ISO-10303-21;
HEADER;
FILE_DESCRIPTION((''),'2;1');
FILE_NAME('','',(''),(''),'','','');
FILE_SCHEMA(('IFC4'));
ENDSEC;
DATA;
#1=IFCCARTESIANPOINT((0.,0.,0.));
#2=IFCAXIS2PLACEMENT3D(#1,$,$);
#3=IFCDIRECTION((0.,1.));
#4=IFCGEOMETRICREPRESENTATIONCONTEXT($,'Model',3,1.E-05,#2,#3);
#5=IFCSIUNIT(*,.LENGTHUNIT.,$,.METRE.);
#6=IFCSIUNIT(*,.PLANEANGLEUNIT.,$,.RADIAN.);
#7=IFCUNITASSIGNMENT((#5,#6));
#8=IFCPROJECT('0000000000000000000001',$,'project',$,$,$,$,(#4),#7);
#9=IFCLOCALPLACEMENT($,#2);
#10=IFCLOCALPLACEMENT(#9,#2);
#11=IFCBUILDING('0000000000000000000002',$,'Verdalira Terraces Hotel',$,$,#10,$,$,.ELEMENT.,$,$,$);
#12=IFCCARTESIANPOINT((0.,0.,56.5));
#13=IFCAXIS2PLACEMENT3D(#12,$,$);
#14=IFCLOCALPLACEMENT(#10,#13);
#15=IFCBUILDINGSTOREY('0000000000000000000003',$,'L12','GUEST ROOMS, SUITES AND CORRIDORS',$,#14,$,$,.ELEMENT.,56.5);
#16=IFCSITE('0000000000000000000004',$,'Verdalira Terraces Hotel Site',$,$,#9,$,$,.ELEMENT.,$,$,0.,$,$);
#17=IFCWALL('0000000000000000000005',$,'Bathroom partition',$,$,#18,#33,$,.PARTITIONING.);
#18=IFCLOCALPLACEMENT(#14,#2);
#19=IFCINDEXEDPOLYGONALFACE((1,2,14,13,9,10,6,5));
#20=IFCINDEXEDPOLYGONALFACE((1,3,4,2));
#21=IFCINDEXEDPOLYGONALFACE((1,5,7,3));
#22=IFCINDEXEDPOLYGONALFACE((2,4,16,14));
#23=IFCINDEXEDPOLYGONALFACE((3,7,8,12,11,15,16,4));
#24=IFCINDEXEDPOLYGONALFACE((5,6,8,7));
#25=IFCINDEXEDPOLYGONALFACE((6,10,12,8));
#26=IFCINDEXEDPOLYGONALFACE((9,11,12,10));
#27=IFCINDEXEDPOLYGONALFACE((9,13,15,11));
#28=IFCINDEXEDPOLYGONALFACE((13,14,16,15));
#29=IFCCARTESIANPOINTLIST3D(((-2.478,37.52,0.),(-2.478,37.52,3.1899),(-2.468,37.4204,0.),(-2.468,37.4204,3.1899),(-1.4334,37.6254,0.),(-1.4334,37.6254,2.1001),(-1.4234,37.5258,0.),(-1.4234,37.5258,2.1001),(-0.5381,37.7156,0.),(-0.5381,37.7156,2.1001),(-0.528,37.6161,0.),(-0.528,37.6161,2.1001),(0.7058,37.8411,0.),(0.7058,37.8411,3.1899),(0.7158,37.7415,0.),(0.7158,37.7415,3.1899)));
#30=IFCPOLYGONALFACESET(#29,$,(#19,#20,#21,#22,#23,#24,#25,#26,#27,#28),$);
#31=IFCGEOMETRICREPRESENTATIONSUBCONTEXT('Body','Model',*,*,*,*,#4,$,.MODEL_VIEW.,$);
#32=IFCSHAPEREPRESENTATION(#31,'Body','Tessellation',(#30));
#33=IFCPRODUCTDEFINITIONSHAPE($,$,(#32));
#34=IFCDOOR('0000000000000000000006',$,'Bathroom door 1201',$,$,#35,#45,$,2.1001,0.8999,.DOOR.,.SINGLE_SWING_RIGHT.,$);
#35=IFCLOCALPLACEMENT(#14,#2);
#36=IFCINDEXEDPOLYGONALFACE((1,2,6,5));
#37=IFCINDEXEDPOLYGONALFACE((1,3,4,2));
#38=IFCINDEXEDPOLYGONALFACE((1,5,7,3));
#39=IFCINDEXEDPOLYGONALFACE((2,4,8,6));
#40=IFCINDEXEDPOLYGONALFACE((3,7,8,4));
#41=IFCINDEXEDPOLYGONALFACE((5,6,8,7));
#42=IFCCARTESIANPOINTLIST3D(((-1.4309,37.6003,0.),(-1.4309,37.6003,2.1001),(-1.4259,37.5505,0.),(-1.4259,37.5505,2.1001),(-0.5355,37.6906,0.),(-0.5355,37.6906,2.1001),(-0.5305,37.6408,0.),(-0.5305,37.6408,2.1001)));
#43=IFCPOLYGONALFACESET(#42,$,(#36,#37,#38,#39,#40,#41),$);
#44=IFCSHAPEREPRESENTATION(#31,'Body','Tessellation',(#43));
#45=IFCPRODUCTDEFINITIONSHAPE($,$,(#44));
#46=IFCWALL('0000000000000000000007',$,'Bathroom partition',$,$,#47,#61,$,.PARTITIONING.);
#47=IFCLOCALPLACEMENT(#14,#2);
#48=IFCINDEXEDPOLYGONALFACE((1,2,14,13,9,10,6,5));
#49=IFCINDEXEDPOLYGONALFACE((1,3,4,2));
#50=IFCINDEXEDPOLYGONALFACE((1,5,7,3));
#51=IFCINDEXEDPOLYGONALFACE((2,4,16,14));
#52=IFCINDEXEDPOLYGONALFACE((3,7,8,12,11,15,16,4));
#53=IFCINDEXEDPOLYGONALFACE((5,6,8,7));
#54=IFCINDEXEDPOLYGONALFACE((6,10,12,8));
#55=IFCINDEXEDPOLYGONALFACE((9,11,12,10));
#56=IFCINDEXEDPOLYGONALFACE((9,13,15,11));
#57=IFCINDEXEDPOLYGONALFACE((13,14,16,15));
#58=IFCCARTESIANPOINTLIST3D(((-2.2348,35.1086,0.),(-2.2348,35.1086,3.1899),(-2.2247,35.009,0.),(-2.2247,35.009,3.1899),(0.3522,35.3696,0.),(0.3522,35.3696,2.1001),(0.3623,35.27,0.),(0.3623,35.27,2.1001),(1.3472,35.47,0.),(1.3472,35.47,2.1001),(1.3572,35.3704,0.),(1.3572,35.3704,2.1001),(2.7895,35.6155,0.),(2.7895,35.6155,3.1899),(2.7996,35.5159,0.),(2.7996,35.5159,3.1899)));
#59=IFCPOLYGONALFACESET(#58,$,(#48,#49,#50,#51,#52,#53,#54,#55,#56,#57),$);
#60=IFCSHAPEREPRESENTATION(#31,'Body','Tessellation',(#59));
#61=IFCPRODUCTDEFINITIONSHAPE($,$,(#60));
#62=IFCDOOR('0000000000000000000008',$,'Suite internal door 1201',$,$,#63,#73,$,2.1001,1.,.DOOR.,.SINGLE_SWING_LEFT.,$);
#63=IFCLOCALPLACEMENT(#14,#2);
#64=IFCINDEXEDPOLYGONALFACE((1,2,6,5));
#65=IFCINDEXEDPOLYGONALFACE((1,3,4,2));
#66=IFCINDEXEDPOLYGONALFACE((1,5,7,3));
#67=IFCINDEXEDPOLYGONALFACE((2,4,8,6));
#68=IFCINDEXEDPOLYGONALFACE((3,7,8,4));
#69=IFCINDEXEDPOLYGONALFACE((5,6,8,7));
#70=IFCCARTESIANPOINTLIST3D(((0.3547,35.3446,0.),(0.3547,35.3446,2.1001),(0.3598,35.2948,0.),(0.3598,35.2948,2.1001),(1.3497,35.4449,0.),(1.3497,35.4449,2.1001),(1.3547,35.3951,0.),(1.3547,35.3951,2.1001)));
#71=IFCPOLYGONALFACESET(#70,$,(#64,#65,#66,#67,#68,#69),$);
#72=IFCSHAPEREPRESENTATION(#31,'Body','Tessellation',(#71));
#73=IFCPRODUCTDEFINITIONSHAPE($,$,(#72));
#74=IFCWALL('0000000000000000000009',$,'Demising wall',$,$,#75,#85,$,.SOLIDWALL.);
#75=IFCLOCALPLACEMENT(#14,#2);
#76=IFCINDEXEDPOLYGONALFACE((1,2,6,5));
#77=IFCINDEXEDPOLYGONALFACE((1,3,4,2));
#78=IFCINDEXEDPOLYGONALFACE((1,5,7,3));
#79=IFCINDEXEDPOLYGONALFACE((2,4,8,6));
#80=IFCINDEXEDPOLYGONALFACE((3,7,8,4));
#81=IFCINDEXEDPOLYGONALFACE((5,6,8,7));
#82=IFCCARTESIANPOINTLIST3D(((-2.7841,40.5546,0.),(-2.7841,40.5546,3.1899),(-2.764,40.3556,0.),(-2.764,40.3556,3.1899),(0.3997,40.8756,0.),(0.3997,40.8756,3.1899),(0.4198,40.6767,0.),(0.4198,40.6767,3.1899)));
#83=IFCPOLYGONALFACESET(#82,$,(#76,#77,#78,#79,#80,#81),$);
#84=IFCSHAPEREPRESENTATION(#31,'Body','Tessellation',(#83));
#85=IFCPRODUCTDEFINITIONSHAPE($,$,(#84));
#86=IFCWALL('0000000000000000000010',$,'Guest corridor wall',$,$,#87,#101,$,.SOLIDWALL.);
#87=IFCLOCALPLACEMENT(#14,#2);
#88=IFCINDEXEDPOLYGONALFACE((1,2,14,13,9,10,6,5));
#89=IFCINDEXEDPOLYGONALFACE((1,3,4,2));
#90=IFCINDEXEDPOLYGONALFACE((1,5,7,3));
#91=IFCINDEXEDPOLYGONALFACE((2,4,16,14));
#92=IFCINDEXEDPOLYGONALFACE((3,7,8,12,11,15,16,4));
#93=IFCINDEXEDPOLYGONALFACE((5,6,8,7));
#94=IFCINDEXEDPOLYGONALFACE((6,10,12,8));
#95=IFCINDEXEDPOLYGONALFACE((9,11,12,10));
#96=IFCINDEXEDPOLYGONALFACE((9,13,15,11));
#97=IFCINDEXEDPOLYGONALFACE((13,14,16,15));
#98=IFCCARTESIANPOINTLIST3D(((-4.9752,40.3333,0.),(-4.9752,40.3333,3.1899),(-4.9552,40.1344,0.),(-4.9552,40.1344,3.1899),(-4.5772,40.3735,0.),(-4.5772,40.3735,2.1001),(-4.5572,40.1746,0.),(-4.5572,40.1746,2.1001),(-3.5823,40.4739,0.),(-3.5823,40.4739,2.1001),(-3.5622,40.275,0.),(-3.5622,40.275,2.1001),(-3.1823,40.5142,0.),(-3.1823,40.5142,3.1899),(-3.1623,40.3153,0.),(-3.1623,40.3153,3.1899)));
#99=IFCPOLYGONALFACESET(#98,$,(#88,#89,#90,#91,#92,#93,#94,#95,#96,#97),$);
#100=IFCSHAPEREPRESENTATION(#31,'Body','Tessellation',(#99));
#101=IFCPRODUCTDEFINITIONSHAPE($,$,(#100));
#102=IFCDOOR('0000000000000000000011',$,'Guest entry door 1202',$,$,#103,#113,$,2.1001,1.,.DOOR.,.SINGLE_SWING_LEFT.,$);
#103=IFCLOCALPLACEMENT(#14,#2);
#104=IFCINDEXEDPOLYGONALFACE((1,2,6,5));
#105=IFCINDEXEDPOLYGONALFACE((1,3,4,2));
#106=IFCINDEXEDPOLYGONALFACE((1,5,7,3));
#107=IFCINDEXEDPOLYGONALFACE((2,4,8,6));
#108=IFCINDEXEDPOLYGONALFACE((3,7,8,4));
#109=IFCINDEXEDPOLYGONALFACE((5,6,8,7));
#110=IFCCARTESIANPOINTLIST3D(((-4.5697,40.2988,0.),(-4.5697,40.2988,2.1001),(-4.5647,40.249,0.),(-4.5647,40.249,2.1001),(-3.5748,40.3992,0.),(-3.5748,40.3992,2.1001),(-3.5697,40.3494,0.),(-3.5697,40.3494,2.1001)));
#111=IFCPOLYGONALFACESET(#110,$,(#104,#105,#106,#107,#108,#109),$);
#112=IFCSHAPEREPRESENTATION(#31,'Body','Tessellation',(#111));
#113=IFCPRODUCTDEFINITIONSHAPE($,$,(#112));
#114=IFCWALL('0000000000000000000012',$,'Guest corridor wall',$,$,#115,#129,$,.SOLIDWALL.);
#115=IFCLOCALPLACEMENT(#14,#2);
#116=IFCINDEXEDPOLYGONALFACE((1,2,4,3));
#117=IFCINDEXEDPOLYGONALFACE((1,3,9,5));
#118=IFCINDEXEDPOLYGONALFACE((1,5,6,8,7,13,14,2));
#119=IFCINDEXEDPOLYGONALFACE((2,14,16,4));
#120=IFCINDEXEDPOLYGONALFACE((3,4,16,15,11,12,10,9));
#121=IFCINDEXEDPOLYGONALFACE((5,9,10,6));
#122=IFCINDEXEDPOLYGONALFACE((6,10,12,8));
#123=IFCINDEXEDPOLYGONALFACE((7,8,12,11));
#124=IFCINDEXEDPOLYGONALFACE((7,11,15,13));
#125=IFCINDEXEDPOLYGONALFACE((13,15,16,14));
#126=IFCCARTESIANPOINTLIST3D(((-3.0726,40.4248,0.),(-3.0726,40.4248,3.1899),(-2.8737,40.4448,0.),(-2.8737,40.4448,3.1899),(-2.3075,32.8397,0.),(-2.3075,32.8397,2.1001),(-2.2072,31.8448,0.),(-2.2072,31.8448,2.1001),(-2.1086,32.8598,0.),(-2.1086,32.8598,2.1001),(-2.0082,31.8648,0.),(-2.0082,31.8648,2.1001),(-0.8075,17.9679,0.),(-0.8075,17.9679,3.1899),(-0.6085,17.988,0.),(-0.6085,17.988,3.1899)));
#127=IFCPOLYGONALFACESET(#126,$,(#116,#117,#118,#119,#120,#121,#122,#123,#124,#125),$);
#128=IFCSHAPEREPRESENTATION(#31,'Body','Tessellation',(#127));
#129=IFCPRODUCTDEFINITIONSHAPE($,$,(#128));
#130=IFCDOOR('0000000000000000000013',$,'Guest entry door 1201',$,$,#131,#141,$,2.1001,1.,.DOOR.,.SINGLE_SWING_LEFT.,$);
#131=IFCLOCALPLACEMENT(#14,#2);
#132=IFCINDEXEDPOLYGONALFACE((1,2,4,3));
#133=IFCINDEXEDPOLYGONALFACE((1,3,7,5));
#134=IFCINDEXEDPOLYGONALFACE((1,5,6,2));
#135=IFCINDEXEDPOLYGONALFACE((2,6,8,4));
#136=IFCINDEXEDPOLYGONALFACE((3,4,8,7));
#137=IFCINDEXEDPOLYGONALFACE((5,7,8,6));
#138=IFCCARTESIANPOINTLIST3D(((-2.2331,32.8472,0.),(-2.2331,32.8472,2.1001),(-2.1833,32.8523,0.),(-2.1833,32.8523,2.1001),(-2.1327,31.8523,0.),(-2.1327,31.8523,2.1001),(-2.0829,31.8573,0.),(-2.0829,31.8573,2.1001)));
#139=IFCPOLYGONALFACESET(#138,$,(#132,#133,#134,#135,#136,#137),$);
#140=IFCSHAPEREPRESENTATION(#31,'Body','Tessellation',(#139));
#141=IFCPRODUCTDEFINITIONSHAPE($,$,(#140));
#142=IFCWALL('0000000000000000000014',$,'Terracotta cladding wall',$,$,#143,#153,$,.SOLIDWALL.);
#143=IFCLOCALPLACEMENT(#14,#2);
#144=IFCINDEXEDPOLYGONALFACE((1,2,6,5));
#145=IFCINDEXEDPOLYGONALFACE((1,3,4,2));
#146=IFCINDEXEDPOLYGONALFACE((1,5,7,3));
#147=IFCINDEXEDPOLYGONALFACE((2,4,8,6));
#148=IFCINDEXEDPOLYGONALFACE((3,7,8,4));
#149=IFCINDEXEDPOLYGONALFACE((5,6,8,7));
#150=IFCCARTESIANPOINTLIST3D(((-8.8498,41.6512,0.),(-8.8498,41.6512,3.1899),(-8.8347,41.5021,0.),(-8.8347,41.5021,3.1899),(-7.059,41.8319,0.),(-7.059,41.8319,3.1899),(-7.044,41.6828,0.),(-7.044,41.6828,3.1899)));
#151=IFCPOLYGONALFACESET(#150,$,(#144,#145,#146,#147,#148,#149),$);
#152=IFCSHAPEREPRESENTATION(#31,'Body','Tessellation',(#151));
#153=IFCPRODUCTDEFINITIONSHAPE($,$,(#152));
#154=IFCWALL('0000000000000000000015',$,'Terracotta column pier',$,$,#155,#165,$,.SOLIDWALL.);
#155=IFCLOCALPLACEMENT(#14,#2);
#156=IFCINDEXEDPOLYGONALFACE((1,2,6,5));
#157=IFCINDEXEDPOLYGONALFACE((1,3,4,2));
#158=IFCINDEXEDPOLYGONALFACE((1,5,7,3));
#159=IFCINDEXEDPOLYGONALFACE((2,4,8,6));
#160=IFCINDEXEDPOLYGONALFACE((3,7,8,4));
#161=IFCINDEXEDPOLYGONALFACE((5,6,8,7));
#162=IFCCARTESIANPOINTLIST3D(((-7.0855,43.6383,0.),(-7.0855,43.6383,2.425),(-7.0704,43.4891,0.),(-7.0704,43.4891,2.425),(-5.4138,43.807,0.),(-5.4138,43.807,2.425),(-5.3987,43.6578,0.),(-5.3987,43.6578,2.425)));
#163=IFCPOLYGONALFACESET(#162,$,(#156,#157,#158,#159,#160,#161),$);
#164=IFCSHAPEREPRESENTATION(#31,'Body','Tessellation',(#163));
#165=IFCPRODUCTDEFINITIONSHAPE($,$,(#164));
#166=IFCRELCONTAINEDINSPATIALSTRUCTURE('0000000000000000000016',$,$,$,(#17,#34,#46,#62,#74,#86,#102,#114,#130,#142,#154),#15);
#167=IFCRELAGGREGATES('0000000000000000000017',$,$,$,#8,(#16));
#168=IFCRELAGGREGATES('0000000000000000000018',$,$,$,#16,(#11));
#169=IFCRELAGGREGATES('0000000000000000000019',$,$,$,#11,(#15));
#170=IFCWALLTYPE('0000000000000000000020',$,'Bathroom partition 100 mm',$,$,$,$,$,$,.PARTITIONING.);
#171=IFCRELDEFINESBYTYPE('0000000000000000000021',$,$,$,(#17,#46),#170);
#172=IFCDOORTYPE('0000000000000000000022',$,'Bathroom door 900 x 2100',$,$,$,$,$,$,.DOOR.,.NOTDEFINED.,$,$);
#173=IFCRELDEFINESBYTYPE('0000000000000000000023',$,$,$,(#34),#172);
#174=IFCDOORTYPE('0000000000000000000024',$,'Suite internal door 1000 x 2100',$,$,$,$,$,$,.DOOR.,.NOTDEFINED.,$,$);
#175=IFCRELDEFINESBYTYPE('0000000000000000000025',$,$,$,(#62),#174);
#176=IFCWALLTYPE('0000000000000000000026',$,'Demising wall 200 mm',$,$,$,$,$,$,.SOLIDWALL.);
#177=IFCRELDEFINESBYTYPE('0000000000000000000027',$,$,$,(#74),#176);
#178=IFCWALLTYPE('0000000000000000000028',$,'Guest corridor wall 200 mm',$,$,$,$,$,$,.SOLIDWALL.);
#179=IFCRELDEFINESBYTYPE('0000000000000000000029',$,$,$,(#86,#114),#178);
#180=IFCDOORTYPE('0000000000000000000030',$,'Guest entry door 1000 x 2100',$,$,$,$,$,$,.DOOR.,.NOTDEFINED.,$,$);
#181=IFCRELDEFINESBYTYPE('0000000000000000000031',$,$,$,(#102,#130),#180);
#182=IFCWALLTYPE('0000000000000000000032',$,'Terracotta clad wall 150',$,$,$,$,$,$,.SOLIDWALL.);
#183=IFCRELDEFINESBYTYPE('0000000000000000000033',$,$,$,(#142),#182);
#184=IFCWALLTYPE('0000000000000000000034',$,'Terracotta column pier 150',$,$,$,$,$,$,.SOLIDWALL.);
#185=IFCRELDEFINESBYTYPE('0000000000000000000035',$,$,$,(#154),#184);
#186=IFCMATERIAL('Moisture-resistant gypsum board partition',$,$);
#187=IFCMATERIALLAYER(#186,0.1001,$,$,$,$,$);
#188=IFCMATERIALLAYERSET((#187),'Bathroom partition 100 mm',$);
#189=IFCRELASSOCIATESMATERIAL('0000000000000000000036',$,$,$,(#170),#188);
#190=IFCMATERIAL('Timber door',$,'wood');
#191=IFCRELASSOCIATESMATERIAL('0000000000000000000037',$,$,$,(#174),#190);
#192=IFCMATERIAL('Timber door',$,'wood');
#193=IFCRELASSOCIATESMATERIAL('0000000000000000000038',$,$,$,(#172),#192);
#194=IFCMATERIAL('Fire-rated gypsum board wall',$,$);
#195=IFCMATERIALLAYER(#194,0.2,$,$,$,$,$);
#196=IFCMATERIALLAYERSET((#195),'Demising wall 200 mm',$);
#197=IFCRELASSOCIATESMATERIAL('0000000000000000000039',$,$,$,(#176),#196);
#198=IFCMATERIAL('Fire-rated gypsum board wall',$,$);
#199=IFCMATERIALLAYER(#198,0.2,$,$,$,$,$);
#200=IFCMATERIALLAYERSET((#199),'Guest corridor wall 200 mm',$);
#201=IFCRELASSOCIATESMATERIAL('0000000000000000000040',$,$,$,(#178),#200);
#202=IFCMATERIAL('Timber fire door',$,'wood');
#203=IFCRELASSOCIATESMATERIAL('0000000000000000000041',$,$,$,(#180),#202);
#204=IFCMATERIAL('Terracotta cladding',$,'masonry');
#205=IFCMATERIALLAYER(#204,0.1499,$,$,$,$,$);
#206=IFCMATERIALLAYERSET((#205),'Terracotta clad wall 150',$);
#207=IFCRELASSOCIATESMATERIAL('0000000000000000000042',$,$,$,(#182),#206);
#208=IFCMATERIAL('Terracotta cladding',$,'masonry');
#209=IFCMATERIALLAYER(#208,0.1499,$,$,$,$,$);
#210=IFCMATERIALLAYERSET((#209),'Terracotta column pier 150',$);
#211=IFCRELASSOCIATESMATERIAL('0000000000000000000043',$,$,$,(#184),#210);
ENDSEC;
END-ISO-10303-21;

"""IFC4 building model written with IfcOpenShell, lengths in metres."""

from ifc_helpers import new_model, si_unit, direction, frame, frame_2d, origin, place, context, subcontext, project, spatial, rectangle, extrude, material, layer, layer_set, type_object, element, fill, save


model = new_model("IFC4")

# Units and contexts
model_context = context("Model", 3, precision=1e-05, world=origin(), true_north=direction((0.0, 1.0)))
body_context = subcontext(model_context, "Body", "Model", "MODEL_VIEW")
ifc_project = project(units=[si_unit("LENGTHUNIT", "METRE"), si_unit("PLANEANGLEUNIT", "RADIAN")], contexts=[model_context])

# Site, building, storey
site_placement = place(None, origin())
site = spatial("IfcSite", under=ifc_project, at=site_placement, Name="Verdalira Terraces Hotel Site", CompositionType="ELEMENT", RefElevation=0.0)
building_placement = place(site_placement, origin())
building = spatial("IfcBuilding", under=site, at=building_placement, Name="Verdalira Terraces Hotel", CompositionType="ELEMENT")
storey_placement = place(building_placement, frame((0.0, 0.0, 56.5)))
storey = spatial("IfcBuildingStorey", under=building, at=storey_placement, Name="L12", Description="GUEST ROOMS, SUITES AND CORRIDORS", CompositionType="ELEMENT", Elevation=56.5)

# Walls, openings, doors
ifc_material_1 = material(Name="Moisture-resistant gypsum board partition")
ifc_layer_1 = layer(ifc_material_1, 0.1001)
ifc_layer_set_1 = layer_set([ifc_layer_1], Name="Bathroom partition 100 mm")
wall_type_1 = type_object("IfcWallType", Name="Bathroom partition 100 mm", PredefinedType="PARTITIONING", material=ifc_layer_set_1)
ifc_material_2 = material(Name="Timber door", Category="wood")
door_type_1 = type_object("IfcDoorType", Name="Suite internal door 1000 x 2100", OperationType="NOTDEFINED", PredefinedType="DOOR", material=ifc_material_2)
ifc_material_3 = material(Name="Timber door", Category="wood")
door_type_2 = type_object("IfcDoorType", Name="Bathroom door 900 x 2100", OperationType="NOTDEFINED", PredefinedType="DOOR", material=ifc_material_3)
wall_1_placement = place(storey_placement, frame((-2.4731, 37.4702, 0.0), z_axis=(0.0, 0.0, 1.0), x_axis=(0.994955, 0.100327, 0.0)))
wall_1 = element("IfcWall", 1, at=wall_1_placement, inside=storey, type_object=wall_type_1, Name="Bathroom partition", PredefinedType="PARTITIONING", context=body_context, shape_type="SweptSolid", body=[
    extrude(rectangle(XDim=3.2, YDim=0.1001, at=frame_2d((1.6001, 0.0))), origin(), (0.0, 0.0, 1.0), 3.1899),
])
opening_1_placement = place(wall_1_placement, frame((1.05, 0.0, 0.0)))
opening_1 = element("IfcOpeningElement", 2, at=opening_1_placement, cuts=wall_1, PredefinedType="OPENING", context=body_context, shape_type="SweptSolid", body=[
    extrude(rectangle(XDim=0.8999, YDim=2.1001, at=frame_2d((0.45, 1.05))), frame((0.0, 0.0601, 0.0), z_axis=(0.0, -1.0, 0.0), x_axis=(1.0, 0.0, 0.0)), (0.0, 0.0, 1.0), 0.1201),
])
door_1_placement = place(opening_1_placement, origin())
door_1 = element("IfcDoor", 3, at=door_1_placement, inside=storey, type_object=door_type_2, Name="Bathroom door 1201", OperationType="SINGLE_SWING_RIGHT", OverallHeight=2.1001, OverallWidth=0.8999, PredefinedType="DOOR", context=body_context, shape_type="SweptSolid", body=[
    extrude(rectangle(XDim=0.8999, YDim=2.1001, at=frame_2d((0.45, 1.05))), frame((0.0, 0.0249, 0.0), z_axis=(0.0, -1.0, 0.0), x_axis=(1.0, 0.0, 0.0)), (0.0, 0.0, 1.0), 0.05),
])
fill(opening_1, door_1)
wall_2_placement = place(storey_placement, frame((-2.2297, 35.0588, 0.0), z_axis=(0.0, 0.0, 1.0), x_axis=(0.994951, 0.100365, 0.0)))
wall_2 = element("IfcWall", 4, at=wall_2_placement, inside=storey, type_object=wall_type_1, Name="Bathroom partition", PredefinedType="PARTITIONING", context=body_context, shape_type="SweptSolid", body=[
    extrude(rectangle(XDim=5.0498, YDim=0.1001, at=frame_2d((2.5249, 0.0))), origin(), (0.0, 0.0, 1.0), 3.1899),
])
opening_2_placement = place(wall_2_placement, frame((2.6001, 0.0, 0.0)))
opening_2 = element("IfcOpeningElement", 5, at=opening_2_placement, cuts=wall_2, PredefinedType="OPENING", context=body_context, shape_type="SweptSolid", body=[
    extrude(rectangle(XDim=1.0, YDim=2.1001, at=frame_2d((0.5, 1.05))), frame((0.0, 0.0601, 0.0), z_axis=(0.0, -1.0, 0.0), x_axis=(1.0, 0.0, 0.0)), (0.0, 0.0, 1.0), 0.1201),
])
door_2_placement = place(opening_2_placement, origin())
door_2 = element("IfcDoor", 6, at=door_2_placement, inside=storey, type_object=door_type_1, Name="Suite internal door 1201", OperationType="SINGLE_SWING_LEFT", OverallHeight=2.1001, OverallWidth=1.0, PredefinedType="DOOR", context=body_context, shape_type="SweptSolid", body=[
    extrude(rectangle(XDim=1.0, YDim=2.1001, at=frame_2d((0.5, 1.05))), frame((0.0, 0.0249, 0.0), z_axis=(0.0, -1.0, 0.0), x_axis=(1.0, 0.0, 0.0)), (0.0, 0.0, 1.0), 0.05),
])
fill(opening_2, door_2)

# Wall
ifc_material_4 = material(Name="Fire-rated gypsum board wall")
ifc_layer_2 = layer(ifc_material_4, 0.2)
ifc_layer_set_2 = layer_set([ifc_layer_2], Name="Demising wall 200 mm")
wall_type_2 = type_object("IfcWallType", Name="Demising wall 200 mm", PredefinedType="SOLIDWALL", material=ifc_layer_set_2)
wall_3_placement = place(storey_placement, frame((-2.7742, 40.4551, 0.0), z_axis=(0.0, 0.0, 1.0), x_axis=(0.994955, 0.100327, 0.0)))
element("IfcWall", 7, at=wall_3_placement, inside=storey, type_object=wall_type_2, Name="Demising wall", PredefinedType="SOLIDWALL", context=body_context, shape_type="SweptSolid", body=[
    extrude(rectangle(XDim=3.2, YDim=0.2, at=frame_2d((1.6001, 0.0))), origin(), (0.0, 0.0, 1.0), 3.1899),
])

# Walls, openings, doors
ifc_material_5 = material(Name="Fire-rated gypsum board wall")
ifc_layer_3 = layer(ifc_material_5, 0.2)
ifc_layer_set_3 = layer_set([ifc_layer_3], Name="Guest corridor wall 200 mm")
wall_type_3 = type_object("IfcWallType", Name="Guest corridor wall 200 mm", PredefinedType="SOLIDWALL", material=ifc_layer_set_3)
wall_4_placement = place(storey_placement, frame((-4.9651, 40.2339, 0.0), z_axis=(0.0, 0.0, 1.0), x_axis=(0.994948, 0.100389, 0.0)))
wall_4 = element("IfcWall", 8, at=wall_4_placement, inside=storey, type_object=wall_type_3, Name="Guest corridor wall", PredefinedType="SOLIDWALL", context=body_context, shape_type="SweptSolid", body=[
    extrude(rectangle(XDim=1.802, YDim=0.2, at=frame_2d((0.9009, 0.0))), origin(), (0.0, 0.0, 1.0), 3.1899),
])
opening_3_placement = place(wall_4_placement, frame((0.3999, 0.0, 0.0)))
opening_3 = element("IfcOpeningElement", 9, at=opening_3_placement, cuts=wall_4, PredefinedType="OPENING", context=body_context, shape_type="SweptSolid", body=[
    extrude(rectangle(XDim=1.0, YDim=2.1001, at=frame_2d((0.5, 1.05))), frame((0.0, 0.1099, 0.0), z_axis=(0.0, -1.0, 0.0), x_axis=(1.0, 0.0, 0.0)), (0.0, 0.0, 1.0), 0.22),
])
ifc_material_6 = material(Name="Timber fire door", Category="wood")
door_type_3 = type_object("IfcDoorType", Name="Guest entry door 1000 x 2100", OperationType="NOTDEFINED", PredefinedType="DOOR", material=ifc_material_6)
door_3_placement = place(opening_3_placement, origin())
door_3 = element("IfcDoor", 10, at=door_3_placement, inside=storey, type_object=door_type_3, Name="Guest entry door 1202", OperationType="SINGLE_SWING_LEFT", OverallHeight=2.1001, OverallWidth=1.0, PredefinedType="DOOR", context=body_context, shape_type="SweptSolid", body=[
    extrude(rectangle(XDim=1.0, YDim=2.1001, at=frame_2d((0.5, 1.05))), frame((0.0, 0.0249, 0.0), z_axis=(0.0, -1.0, 0.0), x_axis=(1.0, 0.0, 0.0)), (0.0, 0.0, 1.0), 0.05),
])
fill(opening_3, door_3)
wall_5_placement = place(storey_placement, frame((-2.9731, 40.4348, 0.0), z_axis=(0.0, 0.0, 1.0), x_axis=(0.100357, -0.994951, 0.0)))
wall_5 = element("IfcWall", 11, at=wall_5_placement, inside=storey, type_object=wall_type_3, Name="Guest corridor wall", PredefinedType="SOLIDWALL", context=body_context, shape_type="SweptSolid", body=[
    extrude(rectangle(XDim=22.5708, YDim=0.2, at=frame_2d((11.2854, 0.0))), origin(), (0.0, 0.0, 1.0), 3.1899),
])
opening_4_placement = place(wall_5_placement, frame((7.6235, 0.0, 0.0)))
opening_4 = element("IfcOpeningElement", 12, at=opening_4_placement, cuts=wall_5, PredefinedType="OPENING", context=body_context, shape_type="SweptSolid", body=[
    extrude(rectangle(XDim=1.0, YDim=2.1001, at=frame_2d((0.5, 1.05))), frame((0.0, 0.1099, 0.0), z_axis=(0.0, -1.0, 0.0), x_axis=(1.0, 0.0, 0.0)), (0.0, 0.0, 1.0), 0.22),
])
door_4_placement = place(opening_4_placement, origin())
door_4 = element("IfcDoor", 13, at=door_4_placement, inside=storey, type_object=door_type_3, Name="Guest entry door 1201", OperationType="SINGLE_SWING_LEFT", OverallHeight=2.1001, OverallWidth=1.0, PredefinedType="DOOR", context=body_context, shape_type="SweptSolid", body=[
    extrude(rectangle(XDim=1.0, YDim=2.1001, at=frame_2d((0.5, 1.05))), frame((0.0, 0.0249, 0.0), z_axis=(0.0, -1.0, 0.0), x_axis=(1.0, 0.0, 0.0)), (0.0, 0.0, 1.0), 0.05),
])
fill(opening_4, door_4)

# Walls
ifc_material_7 = material(Name="Terracotta cladding", Category="masonry")
ifc_layer_4 = layer(ifc_material_7, 0.1499)
ifc_layer_set_4 = layer_set([ifc_layer_4], Name="Terracotta clad wall 150")
wall_type_4 = type_object("IfcWallType", Name="Terracotta clad wall 150", PredefinedType="SOLIDWALL", material=ifc_layer_set_4)
wall_6_placement = place(storey_placement, frame((-7.0515, 41.7573, 0.0), z_axis=(0.0, 0.0, 1.0), x_axis=(-0.99495, -0.100377, 0.0)))
element("IfcWall", 14, at=wall_6_placement, inside=storey, type_object=wall_type_4, Name="Terracotta cladding wall", PredefinedType="SOLIDWALL", context=body_context, shape_type="SweptSolid", body=[
    extrude(rectangle(XDim=1.7998, YDim=0.1499, at=frame_2d((0.8999, 0.0))), origin(), (0.0, 0.0, 1.0), 3.1899),
])
ifc_material_8 = material(Name="Terracotta cladding", Category="masonry")
ifc_layer_5 = layer(ifc_material_8, 0.1499)
ifc_layer_set_5 = layer_set([ifc_layer_5], Name="Terracotta column pier 150")
wall_type_5 = type_object("IfcWallType", Name="Terracotta column pier 150", PredefinedType="SOLIDWALL", material=ifc_layer_set_5)
wall_7_placement = place(storey_placement, frame((-5.4062, 43.7324, 0.0), z_axis=(0.0, 0.0, 1.0), x_axis=(-0.994946, -0.10041, 0.0)))
element("IfcWall", 15, at=wall_7_placement, inside=storey, type_object=wall_type_5, Name="Terracotta column pier", PredefinedType="SOLIDWALL", context=body_context, shape_type="SweptSolid", body=[
    extrude(rectangle(XDim=1.6802, YDim=0.1499, at=frame_2d((0.8401, 0.0))), origin(), (0.0, 0.0, 1.0), 2.425),
])

save(model, "model.ifc")
